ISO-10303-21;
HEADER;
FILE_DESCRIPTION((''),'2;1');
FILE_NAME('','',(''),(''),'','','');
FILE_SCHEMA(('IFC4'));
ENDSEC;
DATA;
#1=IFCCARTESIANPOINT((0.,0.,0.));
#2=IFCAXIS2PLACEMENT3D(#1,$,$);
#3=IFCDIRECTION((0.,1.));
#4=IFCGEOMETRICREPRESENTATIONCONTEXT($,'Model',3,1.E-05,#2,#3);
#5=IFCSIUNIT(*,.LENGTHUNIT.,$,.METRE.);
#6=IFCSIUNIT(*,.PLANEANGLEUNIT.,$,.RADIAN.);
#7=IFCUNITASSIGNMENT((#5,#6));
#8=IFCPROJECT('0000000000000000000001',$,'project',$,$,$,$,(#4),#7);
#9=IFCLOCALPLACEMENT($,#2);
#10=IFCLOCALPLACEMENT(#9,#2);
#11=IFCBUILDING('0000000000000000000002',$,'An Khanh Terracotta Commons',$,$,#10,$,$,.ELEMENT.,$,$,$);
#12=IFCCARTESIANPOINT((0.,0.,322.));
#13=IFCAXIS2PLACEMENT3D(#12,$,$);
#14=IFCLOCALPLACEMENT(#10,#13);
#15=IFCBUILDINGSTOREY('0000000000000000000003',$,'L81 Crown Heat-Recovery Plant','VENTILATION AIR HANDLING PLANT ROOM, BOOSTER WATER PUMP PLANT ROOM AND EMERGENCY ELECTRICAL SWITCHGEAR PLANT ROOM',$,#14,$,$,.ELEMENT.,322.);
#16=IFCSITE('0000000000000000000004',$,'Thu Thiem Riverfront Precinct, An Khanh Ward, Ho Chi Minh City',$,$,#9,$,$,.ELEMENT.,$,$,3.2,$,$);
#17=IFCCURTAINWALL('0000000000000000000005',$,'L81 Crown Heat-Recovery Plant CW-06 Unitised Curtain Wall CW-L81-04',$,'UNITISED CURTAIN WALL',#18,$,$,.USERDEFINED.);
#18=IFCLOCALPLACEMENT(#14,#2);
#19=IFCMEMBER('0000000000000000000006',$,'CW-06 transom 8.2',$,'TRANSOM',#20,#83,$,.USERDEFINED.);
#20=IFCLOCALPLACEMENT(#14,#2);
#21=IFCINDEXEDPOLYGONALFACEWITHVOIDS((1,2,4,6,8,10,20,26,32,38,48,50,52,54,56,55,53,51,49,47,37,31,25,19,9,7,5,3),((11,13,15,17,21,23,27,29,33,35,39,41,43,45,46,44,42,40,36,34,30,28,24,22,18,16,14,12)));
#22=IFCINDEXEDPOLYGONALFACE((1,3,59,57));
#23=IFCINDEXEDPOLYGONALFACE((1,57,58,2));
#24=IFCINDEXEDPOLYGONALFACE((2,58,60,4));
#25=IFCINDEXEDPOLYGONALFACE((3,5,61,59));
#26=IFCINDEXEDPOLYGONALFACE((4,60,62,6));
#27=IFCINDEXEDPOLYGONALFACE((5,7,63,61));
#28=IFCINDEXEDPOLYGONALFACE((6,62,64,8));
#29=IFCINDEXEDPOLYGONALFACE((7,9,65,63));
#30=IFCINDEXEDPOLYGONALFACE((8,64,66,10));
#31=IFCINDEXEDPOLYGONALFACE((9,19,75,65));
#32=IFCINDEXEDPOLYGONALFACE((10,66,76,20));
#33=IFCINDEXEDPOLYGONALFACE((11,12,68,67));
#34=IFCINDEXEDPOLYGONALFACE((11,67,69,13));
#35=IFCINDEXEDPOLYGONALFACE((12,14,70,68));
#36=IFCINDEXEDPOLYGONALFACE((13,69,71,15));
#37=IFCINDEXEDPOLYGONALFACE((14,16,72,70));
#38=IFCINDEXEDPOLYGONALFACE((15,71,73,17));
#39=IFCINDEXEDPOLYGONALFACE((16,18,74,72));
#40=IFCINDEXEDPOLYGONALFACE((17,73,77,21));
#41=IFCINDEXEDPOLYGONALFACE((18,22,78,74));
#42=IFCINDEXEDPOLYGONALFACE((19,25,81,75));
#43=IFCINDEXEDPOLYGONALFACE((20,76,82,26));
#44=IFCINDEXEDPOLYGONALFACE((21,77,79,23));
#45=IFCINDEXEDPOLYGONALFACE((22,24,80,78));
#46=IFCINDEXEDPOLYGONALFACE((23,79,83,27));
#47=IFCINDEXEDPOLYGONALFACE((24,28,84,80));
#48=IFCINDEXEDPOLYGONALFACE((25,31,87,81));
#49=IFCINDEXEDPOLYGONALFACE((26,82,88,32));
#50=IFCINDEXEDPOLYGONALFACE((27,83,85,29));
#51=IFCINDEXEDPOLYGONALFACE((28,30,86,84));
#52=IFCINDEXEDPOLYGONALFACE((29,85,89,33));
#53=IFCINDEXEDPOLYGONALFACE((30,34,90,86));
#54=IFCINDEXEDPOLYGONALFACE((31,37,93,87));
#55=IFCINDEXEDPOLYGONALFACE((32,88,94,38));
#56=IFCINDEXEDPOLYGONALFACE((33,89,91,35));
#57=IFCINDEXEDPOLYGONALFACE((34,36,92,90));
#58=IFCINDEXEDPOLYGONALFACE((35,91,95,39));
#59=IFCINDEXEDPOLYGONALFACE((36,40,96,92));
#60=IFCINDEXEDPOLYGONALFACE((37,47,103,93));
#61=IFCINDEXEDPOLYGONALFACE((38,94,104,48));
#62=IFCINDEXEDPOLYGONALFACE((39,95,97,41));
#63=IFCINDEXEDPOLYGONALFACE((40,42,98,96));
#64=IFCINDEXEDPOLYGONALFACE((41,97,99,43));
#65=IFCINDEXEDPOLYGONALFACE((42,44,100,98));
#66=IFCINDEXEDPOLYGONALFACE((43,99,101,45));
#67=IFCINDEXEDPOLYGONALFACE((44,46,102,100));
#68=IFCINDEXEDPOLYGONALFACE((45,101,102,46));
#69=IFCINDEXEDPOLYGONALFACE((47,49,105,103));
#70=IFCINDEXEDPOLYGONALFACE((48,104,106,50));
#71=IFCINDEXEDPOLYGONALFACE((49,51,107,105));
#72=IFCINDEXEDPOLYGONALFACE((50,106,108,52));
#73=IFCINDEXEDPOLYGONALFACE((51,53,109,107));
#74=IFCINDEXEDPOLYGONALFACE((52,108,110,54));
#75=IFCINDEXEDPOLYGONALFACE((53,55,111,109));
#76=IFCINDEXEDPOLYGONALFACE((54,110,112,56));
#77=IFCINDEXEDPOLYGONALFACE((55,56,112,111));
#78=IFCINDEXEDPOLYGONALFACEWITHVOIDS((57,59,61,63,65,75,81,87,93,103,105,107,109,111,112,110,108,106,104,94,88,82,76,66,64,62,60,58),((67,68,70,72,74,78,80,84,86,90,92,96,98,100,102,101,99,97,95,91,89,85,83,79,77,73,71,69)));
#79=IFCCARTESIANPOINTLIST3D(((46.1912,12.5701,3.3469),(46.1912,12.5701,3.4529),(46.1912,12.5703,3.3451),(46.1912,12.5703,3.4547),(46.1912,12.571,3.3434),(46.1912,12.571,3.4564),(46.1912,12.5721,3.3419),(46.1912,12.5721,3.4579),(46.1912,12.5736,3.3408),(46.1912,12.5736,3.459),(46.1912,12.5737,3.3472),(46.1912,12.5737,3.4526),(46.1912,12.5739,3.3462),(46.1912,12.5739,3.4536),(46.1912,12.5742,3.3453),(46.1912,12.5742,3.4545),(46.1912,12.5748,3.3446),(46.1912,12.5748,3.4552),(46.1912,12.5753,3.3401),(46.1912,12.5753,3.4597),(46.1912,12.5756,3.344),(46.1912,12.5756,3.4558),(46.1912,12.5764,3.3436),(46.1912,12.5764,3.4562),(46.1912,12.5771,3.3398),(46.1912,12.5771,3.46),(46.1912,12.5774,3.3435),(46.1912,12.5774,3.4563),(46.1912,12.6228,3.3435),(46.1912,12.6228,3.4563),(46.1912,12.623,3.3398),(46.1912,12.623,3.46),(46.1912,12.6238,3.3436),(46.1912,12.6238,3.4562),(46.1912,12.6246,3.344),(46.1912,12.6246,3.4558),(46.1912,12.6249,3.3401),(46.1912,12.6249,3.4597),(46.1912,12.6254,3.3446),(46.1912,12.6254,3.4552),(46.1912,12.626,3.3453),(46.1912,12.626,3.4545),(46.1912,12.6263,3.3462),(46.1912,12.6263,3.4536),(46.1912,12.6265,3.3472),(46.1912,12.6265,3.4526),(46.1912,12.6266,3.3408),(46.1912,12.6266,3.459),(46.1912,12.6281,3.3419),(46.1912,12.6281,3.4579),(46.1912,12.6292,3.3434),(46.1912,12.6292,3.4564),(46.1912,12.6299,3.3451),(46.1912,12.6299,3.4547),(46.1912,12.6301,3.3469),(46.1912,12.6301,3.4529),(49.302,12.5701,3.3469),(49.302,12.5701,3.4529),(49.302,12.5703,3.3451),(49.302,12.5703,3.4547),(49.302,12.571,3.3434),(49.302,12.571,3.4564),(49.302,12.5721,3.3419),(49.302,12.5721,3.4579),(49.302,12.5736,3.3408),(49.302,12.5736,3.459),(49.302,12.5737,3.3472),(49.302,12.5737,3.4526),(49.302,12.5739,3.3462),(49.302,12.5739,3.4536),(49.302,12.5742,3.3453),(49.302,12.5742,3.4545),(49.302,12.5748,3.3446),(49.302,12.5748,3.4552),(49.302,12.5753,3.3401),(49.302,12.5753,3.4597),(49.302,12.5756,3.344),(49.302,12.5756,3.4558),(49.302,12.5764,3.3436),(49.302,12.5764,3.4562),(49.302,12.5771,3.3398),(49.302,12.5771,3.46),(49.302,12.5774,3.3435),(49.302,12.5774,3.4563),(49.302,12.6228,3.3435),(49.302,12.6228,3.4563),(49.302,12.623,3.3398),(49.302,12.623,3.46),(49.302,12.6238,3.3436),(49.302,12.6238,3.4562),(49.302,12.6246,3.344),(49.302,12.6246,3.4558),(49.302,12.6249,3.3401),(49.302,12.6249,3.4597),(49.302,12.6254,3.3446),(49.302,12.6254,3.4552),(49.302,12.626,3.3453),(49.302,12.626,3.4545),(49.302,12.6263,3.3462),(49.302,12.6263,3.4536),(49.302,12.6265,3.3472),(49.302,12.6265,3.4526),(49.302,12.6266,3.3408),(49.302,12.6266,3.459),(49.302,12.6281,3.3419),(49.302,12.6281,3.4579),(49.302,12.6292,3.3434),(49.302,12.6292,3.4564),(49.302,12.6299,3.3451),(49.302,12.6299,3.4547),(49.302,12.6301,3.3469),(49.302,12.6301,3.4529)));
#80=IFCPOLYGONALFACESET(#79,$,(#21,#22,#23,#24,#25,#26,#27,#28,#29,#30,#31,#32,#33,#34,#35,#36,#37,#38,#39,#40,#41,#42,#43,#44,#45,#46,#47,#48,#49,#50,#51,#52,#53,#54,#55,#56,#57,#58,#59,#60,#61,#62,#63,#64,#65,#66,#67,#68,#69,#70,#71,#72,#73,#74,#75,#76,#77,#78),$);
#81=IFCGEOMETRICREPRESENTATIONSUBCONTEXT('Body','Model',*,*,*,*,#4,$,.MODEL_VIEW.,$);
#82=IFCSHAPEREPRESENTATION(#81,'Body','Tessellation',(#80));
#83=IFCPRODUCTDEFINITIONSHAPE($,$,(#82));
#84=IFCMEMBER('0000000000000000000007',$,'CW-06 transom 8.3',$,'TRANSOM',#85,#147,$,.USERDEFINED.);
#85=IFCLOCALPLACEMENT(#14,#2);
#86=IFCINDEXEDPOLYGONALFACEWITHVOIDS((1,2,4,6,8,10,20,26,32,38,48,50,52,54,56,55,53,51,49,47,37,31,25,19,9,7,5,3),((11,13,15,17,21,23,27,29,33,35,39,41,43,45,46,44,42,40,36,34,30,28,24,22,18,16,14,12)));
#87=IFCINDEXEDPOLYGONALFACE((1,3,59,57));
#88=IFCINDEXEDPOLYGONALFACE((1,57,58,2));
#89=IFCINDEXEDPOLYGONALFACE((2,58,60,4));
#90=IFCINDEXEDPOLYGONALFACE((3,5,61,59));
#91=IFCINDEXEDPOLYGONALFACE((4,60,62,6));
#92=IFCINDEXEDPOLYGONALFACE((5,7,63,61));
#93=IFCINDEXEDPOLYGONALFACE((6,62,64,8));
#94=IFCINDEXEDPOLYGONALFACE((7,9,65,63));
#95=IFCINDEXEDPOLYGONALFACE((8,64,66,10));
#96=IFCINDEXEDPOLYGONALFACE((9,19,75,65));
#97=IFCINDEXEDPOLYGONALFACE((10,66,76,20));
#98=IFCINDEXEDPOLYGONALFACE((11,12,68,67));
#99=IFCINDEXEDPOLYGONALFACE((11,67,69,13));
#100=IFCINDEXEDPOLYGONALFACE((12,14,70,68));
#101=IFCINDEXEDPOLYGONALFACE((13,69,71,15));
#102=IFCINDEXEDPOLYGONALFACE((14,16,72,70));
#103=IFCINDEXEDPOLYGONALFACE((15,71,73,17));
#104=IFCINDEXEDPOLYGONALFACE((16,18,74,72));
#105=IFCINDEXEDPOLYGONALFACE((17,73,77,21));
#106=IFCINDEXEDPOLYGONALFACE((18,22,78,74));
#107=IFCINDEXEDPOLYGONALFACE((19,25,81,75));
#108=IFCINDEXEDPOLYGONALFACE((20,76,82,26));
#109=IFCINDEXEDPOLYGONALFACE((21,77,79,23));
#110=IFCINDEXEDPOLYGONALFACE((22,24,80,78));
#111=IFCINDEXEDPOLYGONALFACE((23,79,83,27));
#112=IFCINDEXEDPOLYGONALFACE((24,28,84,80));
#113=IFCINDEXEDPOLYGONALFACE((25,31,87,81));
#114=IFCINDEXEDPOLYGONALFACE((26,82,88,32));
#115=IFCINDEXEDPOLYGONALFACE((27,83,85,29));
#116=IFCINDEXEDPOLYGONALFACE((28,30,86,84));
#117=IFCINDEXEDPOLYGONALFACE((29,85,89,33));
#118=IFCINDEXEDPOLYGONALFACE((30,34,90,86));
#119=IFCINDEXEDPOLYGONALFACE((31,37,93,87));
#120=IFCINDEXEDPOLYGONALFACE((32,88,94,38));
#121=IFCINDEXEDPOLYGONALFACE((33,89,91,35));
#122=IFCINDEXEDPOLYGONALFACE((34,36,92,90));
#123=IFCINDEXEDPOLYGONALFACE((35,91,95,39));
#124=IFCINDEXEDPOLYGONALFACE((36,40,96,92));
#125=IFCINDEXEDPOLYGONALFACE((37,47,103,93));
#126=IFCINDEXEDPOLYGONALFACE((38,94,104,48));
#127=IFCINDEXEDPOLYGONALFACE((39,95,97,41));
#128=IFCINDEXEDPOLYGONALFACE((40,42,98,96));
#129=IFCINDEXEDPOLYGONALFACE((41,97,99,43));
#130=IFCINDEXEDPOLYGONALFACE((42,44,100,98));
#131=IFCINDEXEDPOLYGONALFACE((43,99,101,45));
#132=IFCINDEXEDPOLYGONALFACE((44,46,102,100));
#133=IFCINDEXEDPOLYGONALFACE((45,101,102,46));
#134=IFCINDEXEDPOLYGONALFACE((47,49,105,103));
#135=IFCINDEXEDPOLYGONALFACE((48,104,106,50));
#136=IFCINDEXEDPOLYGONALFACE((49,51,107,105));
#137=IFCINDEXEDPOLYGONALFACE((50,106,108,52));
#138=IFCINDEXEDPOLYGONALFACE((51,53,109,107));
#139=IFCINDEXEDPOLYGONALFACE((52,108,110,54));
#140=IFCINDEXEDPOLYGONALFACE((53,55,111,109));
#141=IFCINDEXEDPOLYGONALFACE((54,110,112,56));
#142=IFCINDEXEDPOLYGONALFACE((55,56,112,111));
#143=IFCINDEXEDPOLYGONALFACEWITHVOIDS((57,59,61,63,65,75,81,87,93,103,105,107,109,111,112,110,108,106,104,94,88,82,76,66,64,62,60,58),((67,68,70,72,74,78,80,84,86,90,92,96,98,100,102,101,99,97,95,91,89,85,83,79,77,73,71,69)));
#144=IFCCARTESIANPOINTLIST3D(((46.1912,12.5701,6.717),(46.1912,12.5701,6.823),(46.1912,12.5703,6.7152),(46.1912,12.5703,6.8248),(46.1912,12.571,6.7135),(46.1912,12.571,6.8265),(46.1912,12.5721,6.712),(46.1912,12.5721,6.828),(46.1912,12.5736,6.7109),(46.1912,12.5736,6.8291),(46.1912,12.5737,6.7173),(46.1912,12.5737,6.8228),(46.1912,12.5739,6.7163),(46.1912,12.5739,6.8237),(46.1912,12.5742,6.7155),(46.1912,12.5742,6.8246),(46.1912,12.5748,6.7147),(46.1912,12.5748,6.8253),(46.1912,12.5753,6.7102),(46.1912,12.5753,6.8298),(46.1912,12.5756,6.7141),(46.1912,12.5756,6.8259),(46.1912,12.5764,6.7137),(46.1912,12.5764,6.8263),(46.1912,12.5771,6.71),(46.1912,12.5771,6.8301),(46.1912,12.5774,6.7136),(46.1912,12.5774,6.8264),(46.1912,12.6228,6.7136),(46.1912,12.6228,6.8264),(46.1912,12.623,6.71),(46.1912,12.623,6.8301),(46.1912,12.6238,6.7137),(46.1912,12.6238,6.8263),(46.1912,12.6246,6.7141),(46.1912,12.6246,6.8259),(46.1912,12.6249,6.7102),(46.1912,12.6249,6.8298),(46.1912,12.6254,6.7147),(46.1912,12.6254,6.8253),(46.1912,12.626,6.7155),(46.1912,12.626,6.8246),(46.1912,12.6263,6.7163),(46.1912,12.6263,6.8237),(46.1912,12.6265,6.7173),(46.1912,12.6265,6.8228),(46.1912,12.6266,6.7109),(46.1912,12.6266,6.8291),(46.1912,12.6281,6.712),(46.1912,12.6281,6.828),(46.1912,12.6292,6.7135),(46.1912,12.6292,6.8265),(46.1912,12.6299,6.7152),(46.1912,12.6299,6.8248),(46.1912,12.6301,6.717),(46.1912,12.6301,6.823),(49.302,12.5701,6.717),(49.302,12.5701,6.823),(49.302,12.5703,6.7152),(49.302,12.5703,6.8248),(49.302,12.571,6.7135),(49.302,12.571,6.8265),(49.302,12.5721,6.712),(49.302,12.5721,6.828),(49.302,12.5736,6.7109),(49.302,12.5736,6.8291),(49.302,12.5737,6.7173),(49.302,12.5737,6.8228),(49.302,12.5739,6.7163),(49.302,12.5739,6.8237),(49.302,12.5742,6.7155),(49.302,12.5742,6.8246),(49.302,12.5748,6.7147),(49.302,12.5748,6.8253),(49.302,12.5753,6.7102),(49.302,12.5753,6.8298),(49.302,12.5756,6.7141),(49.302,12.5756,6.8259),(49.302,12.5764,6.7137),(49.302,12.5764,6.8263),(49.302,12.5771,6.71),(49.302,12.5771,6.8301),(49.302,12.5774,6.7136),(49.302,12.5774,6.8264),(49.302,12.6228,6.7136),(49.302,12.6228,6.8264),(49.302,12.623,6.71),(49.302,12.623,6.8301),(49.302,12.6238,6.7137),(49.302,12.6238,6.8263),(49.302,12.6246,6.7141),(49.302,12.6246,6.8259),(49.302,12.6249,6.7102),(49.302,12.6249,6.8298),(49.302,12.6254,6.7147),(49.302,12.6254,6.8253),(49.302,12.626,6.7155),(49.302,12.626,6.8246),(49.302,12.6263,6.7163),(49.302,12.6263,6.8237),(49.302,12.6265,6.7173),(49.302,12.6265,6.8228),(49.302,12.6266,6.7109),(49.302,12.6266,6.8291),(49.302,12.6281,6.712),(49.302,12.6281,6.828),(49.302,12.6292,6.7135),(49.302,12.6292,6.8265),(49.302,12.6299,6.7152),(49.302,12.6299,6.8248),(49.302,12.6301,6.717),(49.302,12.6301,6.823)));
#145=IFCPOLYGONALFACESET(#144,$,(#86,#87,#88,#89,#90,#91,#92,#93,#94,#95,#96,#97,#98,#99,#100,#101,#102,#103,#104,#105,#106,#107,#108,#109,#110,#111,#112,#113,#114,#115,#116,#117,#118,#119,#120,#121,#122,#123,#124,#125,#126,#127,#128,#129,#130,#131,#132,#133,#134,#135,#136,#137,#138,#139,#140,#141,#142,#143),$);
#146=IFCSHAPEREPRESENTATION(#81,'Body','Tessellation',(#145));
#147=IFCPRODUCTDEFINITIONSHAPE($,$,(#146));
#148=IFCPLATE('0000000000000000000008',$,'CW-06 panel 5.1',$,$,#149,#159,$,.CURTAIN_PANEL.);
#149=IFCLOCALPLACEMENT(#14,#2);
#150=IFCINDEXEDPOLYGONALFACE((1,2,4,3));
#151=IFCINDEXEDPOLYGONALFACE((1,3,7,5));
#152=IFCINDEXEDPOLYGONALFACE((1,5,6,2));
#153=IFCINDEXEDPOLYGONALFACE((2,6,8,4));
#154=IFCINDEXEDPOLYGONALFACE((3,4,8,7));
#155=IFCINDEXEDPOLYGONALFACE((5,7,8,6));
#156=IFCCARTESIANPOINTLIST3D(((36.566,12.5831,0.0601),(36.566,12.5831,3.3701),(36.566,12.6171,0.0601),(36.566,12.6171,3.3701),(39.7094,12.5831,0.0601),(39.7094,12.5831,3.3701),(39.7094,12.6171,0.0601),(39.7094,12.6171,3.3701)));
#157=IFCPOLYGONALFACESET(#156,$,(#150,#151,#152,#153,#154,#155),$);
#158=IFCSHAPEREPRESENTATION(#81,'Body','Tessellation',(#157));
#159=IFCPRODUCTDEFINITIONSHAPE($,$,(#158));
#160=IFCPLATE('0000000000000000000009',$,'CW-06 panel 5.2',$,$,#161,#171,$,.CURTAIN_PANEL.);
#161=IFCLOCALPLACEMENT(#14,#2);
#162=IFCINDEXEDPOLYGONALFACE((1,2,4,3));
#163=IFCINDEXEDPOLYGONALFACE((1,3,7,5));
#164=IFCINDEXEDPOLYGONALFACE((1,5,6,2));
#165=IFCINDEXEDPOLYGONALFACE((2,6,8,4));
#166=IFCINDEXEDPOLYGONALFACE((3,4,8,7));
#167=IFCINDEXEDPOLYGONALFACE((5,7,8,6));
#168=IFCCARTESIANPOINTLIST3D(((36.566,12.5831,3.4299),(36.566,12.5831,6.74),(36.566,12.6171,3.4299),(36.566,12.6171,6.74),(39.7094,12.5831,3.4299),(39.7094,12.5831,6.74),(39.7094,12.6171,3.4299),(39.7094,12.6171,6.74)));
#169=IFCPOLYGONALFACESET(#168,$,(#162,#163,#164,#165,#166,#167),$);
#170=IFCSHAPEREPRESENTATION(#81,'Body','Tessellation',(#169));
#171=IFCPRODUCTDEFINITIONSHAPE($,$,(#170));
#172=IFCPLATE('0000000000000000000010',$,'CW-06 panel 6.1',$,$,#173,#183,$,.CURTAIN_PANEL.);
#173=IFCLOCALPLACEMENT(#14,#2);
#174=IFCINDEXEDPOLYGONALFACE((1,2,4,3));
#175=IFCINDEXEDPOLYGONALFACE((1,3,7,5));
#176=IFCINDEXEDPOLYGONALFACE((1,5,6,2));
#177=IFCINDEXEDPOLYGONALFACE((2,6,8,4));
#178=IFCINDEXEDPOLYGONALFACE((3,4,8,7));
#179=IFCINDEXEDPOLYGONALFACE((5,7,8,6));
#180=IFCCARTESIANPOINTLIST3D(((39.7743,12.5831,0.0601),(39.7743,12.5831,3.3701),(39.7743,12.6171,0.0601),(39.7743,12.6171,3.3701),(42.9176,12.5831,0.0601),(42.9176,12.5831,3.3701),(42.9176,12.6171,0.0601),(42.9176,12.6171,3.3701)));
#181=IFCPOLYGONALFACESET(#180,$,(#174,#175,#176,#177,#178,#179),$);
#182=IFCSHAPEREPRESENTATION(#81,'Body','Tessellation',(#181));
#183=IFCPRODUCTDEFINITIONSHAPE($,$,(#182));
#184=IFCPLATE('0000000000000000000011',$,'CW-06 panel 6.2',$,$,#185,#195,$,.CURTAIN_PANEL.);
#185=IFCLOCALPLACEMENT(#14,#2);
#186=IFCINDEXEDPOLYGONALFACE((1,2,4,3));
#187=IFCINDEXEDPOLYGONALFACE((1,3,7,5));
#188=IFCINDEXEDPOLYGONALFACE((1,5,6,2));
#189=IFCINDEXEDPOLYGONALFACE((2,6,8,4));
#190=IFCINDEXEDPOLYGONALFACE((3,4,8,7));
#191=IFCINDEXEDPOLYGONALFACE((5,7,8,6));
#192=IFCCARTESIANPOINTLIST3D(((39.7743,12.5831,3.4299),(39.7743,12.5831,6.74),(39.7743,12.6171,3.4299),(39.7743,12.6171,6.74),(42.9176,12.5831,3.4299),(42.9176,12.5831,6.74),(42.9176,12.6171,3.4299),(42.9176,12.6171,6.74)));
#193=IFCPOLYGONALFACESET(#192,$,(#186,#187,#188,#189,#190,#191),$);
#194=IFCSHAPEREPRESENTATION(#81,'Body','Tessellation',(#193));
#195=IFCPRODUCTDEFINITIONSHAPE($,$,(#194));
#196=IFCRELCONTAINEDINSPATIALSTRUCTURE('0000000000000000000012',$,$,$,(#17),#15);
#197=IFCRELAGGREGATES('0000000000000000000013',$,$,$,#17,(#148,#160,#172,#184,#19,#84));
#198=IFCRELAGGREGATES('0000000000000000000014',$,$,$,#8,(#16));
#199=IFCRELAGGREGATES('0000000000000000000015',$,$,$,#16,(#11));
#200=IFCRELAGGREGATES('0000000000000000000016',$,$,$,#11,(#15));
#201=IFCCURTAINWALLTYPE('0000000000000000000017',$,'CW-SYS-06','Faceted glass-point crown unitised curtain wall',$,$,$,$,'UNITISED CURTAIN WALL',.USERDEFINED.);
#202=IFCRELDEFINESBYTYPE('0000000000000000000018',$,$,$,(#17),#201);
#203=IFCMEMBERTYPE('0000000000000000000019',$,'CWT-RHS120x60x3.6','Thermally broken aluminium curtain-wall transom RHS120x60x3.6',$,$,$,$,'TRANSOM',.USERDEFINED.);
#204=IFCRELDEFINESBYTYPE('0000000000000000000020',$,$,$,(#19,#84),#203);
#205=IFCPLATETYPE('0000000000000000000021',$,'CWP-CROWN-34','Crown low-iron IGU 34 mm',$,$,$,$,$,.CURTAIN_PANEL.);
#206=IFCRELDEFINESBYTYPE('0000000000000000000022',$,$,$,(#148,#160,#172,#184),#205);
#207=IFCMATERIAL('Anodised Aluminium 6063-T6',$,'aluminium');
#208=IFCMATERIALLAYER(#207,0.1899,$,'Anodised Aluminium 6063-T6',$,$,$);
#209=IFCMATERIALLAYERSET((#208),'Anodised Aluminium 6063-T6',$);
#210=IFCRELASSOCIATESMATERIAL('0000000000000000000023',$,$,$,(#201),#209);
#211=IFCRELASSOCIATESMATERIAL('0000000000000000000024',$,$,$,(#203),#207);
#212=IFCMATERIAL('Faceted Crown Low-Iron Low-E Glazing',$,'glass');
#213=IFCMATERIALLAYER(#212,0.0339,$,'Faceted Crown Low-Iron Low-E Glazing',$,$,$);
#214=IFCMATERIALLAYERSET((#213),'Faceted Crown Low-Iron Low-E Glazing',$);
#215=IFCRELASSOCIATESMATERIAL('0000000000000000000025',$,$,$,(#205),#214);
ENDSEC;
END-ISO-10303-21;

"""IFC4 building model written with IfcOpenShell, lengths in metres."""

from ifc_helpers import new_model, si_unit, direction, frame, origin, origin_2d, place, context, subcontext, project, spatial, rectangle, hollow_rectangle, extrude, material, layer, layer_set, material_profile, profile_set, type_object, element, aggregate, save


model = new_model("IFC4")

# Units and contexts
model_context = context("Model", 3, precision=1e-05, world=origin(), true_north=direction((0.0, 1.0)))
body_context = subcontext(model_context, "Body", "Model", "MODEL_VIEW")
ifc_project = project(units=[si_unit("LENGTHUNIT", "METRE"), si_unit("PLANEANGLEUNIT", "RADIAN")], contexts=[model_context])

# Site, building, storey
site_placement = place(None, origin())
site = spatial("IfcSite", under=ifc_project, at=site_placement, Name="Thu Thiem Riverfront Precinct, An Khanh Ward, Ho Chi Minh City", CompositionType="ELEMENT", RefElevation=3.2)
building_placement = place(site_placement, origin())
building = spatial("IfcBuilding", under=site, at=building_placement, Name="An Khanh Terracotta Commons", CompositionType="ELEMENT")
storey_placement = place(building_placement, frame((0.0, 0.0, 322.0)))
storey = spatial("IfcBuildingStorey", under=building, at=storey_placement, Name="L81 Crown Heat-Recovery Plant", Description="VENTILATION AIR HANDLING PLANT ROOM, BOOSTER WATER PUMP PLANT ROOM AND EMERGENCY ELECTRICAL SWITCHGEAR PLANT ROOM", CompositionType="ELEMENT", Elevation=322.0)

# Curtain wall, members, plates
ifc_material_1 = material(Name="Anodised Aluminium 6063-T6", Category="aluminium")
ifc_layer_1 = layer(ifc_material_1, 0.1899, Name="Anodised Aluminium 6063-T6")
ifc_layer_set_1 = layer_set([ifc_layer_1], Name="Anodised Aluminium 6063-T6")
curtain_wall_type = type_object("IfcCurtainWallType", Name="CW-SYS-06", Description="Faceted glass-point crown unitised curtain wall", ElementType="UNITISED CURTAIN WALL", PredefinedType="USERDEFINED", material=ifc_layer_set_1)
curtain_wall_placement = place(storey_placement, origin())
curtain_wall = element("IfcCurtainWall", 1, at=curtain_wall_placement, inside=storey, type_object=curtain_wall_type, Name="L81 Crown Heat-Recovery Plant CW-06 Unitised Curtain Wall CW-L81-04", ObjectType="UNITISED CURTAIN WALL", PredefinedType="USERDEFINED")
ifc_material_profile_1 = material_profile(ifc_material_1, hollow_rectangle(XDim=0.0601, YDim=0.1201, WallThickness=0.0037, InnerFilletRadius=0.0037, OuterFilletRadius=0.0071, at=origin_2d()), Name="RHS120x60x3.6")
ifc_profile_set_1 = profile_set([ifc_material_profile_1], Name="Anodised Aluminium 6063-T6")
member_type_1 = type_object("IfcMemberType", Name="CWT-RHS120x60x3.6", Description="Thermally broken aluminium curtain-wall transom RHS120x60x3.6", ElementType="TRANSOM", PredefinedType="USERDEFINED", material=ifc_profile_set_1)
member_1_placement = place(storey_placement, frame((46.1912, 12.6001, 3.3999), z_axis=(1.0, 0.0, 0.0), x_axis=(0.0, 1.0, 0.0)))
member_1 = element("IfcMember", 2, at=member_1_placement, type_object=member_type_1, Name="CW-06 transom 8.2", ObjectType="TRANSOM", PredefinedType="USERDEFINED", context=body_context, shape_type="SweptSolid", body=[
    extrude(hollow_rectangle(XDim=0.0601, YDim=0.1201, WallThickness=0.0037, InnerFilletRadius=0.0037, OuterFilletRadius=0.0071, at=origin_2d()), origin(), (0.0, 0.0, 1.0), 3.1108),
])
member_2_placement = place(storey_placement, frame((46.1912, 12.6001, 6.77), z_axis=(1.0, 0.0, 0.0), x_axis=(0.0, 1.0, 0.0)))
member_2 = element("IfcMember", 3, at=member_2_placement, type_object=member_type_1, Name="CW-06 transom 8.3", ObjectType="TRANSOM", PredefinedType="USERDEFINED", context=body_context, shape_type="SweptSolid", body=[
    extrude(hollow_rectangle(XDim=0.0601, YDim=0.1201, WallThickness=0.0037, InnerFilletRadius=0.0037, OuterFilletRadius=0.0071, at=origin_2d()), origin(), (0.0, 0.0, 1.0), 3.1108),
])
ifc_material_2 = material(Name="Faceted Crown Low-Iron Low-E Glazing", Category="glass")
ifc_layer_2 = layer(ifc_material_2, 0.0339, Name="Faceted Crown Low-Iron Low-E Glazing")
ifc_layer_set_2 = layer_set([ifc_layer_2], Name="Faceted Crown Low-Iron Low-E Glazing")
plate_type = type_object("IfcPlateType", Name="CWP-CROWN-34", Description="Crown low-iron IGU 34 mm", PredefinedType="CURTAIN_PANEL", material=ifc_layer_set_2)
plate_1_placement = place(storey_placement, frame((38.1377, 12.6001, 0.0601), z_axis=(0.0, 0.0, 1.0), x_axis=(1.0, 0.0, 0.0)))
plate_1 = element("IfcPlate", 4, at=plate_1_placement, type_object=plate_type, Name="CW-06 panel 5.1", PredefinedType="CURTAIN_PANEL", context=body_context, shape_type="SweptSolid", body=[
    extrude(rectangle(XDim=3.1433, YDim=0.0339, at=origin_2d()), origin(), (0.0, 0.0, 1.0), 3.3101),
])
plate_2_placement = place(storey_placement, frame((38.1377, 12.6001, 3.4299), z_axis=(0.0, 0.0, 1.0), x_axis=(1.0, 0.0, 0.0)))
plate_2 = element("IfcPlate", 5, at=plate_2_placement, type_object=plate_type, Name="CW-06 panel 5.2", PredefinedType="CURTAIN_PANEL", context=body_context, shape_type="SweptSolid", body=[
    extrude(rectangle(XDim=3.1433, YDim=0.0339, at=origin_2d()), origin(), (0.0, 0.0, 1.0), 3.3101),
])
plate_3_placement = place(storey_placement, frame((41.3459, 12.6001, 0.0601), z_axis=(0.0, 0.0, 1.0), x_axis=(1.0, 0.0, 0.0)))
plate_3 = element("IfcPlate", 6, at=plate_3_placement, type_object=plate_type, Name="CW-06 panel 6.1", PredefinedType="CURTAIN_PANEL", context=body_context, shape_type="SweptSolid", body=[
    extrude(rectangle(XDim=3.1433, YDim=0.0339, at=origin_2d()), origin(), (0.0, 0.0, 1.0), 3.3101),
])
plate_4_placement = place(storey_placement, frame((41.3459, 12.6001, 3.4299), z_axis=(0.0, 0.0, 1.0), x_axis=(1.0, 0.0, 0.0)))
plate_4 = element("IfcPlate", 7, at=plate_4_placement, type_object=plate_type, Name="CW-06 panel 6.2", PredefinedType="CURTAIN_PANEL", context=body_context, shape_type="SweptSolid", body=[
    extrude(rectangle(XDim=3.1433, YDim=0.0339, at=origin_2d()), origin(), (0.0, 0.0, 1.0), 3.3101),
])
aggregate(curtain_wall, [plate_1, plate_2, plate_3, plate_4, member_1, member_2])

save(model, "model.ifc")
